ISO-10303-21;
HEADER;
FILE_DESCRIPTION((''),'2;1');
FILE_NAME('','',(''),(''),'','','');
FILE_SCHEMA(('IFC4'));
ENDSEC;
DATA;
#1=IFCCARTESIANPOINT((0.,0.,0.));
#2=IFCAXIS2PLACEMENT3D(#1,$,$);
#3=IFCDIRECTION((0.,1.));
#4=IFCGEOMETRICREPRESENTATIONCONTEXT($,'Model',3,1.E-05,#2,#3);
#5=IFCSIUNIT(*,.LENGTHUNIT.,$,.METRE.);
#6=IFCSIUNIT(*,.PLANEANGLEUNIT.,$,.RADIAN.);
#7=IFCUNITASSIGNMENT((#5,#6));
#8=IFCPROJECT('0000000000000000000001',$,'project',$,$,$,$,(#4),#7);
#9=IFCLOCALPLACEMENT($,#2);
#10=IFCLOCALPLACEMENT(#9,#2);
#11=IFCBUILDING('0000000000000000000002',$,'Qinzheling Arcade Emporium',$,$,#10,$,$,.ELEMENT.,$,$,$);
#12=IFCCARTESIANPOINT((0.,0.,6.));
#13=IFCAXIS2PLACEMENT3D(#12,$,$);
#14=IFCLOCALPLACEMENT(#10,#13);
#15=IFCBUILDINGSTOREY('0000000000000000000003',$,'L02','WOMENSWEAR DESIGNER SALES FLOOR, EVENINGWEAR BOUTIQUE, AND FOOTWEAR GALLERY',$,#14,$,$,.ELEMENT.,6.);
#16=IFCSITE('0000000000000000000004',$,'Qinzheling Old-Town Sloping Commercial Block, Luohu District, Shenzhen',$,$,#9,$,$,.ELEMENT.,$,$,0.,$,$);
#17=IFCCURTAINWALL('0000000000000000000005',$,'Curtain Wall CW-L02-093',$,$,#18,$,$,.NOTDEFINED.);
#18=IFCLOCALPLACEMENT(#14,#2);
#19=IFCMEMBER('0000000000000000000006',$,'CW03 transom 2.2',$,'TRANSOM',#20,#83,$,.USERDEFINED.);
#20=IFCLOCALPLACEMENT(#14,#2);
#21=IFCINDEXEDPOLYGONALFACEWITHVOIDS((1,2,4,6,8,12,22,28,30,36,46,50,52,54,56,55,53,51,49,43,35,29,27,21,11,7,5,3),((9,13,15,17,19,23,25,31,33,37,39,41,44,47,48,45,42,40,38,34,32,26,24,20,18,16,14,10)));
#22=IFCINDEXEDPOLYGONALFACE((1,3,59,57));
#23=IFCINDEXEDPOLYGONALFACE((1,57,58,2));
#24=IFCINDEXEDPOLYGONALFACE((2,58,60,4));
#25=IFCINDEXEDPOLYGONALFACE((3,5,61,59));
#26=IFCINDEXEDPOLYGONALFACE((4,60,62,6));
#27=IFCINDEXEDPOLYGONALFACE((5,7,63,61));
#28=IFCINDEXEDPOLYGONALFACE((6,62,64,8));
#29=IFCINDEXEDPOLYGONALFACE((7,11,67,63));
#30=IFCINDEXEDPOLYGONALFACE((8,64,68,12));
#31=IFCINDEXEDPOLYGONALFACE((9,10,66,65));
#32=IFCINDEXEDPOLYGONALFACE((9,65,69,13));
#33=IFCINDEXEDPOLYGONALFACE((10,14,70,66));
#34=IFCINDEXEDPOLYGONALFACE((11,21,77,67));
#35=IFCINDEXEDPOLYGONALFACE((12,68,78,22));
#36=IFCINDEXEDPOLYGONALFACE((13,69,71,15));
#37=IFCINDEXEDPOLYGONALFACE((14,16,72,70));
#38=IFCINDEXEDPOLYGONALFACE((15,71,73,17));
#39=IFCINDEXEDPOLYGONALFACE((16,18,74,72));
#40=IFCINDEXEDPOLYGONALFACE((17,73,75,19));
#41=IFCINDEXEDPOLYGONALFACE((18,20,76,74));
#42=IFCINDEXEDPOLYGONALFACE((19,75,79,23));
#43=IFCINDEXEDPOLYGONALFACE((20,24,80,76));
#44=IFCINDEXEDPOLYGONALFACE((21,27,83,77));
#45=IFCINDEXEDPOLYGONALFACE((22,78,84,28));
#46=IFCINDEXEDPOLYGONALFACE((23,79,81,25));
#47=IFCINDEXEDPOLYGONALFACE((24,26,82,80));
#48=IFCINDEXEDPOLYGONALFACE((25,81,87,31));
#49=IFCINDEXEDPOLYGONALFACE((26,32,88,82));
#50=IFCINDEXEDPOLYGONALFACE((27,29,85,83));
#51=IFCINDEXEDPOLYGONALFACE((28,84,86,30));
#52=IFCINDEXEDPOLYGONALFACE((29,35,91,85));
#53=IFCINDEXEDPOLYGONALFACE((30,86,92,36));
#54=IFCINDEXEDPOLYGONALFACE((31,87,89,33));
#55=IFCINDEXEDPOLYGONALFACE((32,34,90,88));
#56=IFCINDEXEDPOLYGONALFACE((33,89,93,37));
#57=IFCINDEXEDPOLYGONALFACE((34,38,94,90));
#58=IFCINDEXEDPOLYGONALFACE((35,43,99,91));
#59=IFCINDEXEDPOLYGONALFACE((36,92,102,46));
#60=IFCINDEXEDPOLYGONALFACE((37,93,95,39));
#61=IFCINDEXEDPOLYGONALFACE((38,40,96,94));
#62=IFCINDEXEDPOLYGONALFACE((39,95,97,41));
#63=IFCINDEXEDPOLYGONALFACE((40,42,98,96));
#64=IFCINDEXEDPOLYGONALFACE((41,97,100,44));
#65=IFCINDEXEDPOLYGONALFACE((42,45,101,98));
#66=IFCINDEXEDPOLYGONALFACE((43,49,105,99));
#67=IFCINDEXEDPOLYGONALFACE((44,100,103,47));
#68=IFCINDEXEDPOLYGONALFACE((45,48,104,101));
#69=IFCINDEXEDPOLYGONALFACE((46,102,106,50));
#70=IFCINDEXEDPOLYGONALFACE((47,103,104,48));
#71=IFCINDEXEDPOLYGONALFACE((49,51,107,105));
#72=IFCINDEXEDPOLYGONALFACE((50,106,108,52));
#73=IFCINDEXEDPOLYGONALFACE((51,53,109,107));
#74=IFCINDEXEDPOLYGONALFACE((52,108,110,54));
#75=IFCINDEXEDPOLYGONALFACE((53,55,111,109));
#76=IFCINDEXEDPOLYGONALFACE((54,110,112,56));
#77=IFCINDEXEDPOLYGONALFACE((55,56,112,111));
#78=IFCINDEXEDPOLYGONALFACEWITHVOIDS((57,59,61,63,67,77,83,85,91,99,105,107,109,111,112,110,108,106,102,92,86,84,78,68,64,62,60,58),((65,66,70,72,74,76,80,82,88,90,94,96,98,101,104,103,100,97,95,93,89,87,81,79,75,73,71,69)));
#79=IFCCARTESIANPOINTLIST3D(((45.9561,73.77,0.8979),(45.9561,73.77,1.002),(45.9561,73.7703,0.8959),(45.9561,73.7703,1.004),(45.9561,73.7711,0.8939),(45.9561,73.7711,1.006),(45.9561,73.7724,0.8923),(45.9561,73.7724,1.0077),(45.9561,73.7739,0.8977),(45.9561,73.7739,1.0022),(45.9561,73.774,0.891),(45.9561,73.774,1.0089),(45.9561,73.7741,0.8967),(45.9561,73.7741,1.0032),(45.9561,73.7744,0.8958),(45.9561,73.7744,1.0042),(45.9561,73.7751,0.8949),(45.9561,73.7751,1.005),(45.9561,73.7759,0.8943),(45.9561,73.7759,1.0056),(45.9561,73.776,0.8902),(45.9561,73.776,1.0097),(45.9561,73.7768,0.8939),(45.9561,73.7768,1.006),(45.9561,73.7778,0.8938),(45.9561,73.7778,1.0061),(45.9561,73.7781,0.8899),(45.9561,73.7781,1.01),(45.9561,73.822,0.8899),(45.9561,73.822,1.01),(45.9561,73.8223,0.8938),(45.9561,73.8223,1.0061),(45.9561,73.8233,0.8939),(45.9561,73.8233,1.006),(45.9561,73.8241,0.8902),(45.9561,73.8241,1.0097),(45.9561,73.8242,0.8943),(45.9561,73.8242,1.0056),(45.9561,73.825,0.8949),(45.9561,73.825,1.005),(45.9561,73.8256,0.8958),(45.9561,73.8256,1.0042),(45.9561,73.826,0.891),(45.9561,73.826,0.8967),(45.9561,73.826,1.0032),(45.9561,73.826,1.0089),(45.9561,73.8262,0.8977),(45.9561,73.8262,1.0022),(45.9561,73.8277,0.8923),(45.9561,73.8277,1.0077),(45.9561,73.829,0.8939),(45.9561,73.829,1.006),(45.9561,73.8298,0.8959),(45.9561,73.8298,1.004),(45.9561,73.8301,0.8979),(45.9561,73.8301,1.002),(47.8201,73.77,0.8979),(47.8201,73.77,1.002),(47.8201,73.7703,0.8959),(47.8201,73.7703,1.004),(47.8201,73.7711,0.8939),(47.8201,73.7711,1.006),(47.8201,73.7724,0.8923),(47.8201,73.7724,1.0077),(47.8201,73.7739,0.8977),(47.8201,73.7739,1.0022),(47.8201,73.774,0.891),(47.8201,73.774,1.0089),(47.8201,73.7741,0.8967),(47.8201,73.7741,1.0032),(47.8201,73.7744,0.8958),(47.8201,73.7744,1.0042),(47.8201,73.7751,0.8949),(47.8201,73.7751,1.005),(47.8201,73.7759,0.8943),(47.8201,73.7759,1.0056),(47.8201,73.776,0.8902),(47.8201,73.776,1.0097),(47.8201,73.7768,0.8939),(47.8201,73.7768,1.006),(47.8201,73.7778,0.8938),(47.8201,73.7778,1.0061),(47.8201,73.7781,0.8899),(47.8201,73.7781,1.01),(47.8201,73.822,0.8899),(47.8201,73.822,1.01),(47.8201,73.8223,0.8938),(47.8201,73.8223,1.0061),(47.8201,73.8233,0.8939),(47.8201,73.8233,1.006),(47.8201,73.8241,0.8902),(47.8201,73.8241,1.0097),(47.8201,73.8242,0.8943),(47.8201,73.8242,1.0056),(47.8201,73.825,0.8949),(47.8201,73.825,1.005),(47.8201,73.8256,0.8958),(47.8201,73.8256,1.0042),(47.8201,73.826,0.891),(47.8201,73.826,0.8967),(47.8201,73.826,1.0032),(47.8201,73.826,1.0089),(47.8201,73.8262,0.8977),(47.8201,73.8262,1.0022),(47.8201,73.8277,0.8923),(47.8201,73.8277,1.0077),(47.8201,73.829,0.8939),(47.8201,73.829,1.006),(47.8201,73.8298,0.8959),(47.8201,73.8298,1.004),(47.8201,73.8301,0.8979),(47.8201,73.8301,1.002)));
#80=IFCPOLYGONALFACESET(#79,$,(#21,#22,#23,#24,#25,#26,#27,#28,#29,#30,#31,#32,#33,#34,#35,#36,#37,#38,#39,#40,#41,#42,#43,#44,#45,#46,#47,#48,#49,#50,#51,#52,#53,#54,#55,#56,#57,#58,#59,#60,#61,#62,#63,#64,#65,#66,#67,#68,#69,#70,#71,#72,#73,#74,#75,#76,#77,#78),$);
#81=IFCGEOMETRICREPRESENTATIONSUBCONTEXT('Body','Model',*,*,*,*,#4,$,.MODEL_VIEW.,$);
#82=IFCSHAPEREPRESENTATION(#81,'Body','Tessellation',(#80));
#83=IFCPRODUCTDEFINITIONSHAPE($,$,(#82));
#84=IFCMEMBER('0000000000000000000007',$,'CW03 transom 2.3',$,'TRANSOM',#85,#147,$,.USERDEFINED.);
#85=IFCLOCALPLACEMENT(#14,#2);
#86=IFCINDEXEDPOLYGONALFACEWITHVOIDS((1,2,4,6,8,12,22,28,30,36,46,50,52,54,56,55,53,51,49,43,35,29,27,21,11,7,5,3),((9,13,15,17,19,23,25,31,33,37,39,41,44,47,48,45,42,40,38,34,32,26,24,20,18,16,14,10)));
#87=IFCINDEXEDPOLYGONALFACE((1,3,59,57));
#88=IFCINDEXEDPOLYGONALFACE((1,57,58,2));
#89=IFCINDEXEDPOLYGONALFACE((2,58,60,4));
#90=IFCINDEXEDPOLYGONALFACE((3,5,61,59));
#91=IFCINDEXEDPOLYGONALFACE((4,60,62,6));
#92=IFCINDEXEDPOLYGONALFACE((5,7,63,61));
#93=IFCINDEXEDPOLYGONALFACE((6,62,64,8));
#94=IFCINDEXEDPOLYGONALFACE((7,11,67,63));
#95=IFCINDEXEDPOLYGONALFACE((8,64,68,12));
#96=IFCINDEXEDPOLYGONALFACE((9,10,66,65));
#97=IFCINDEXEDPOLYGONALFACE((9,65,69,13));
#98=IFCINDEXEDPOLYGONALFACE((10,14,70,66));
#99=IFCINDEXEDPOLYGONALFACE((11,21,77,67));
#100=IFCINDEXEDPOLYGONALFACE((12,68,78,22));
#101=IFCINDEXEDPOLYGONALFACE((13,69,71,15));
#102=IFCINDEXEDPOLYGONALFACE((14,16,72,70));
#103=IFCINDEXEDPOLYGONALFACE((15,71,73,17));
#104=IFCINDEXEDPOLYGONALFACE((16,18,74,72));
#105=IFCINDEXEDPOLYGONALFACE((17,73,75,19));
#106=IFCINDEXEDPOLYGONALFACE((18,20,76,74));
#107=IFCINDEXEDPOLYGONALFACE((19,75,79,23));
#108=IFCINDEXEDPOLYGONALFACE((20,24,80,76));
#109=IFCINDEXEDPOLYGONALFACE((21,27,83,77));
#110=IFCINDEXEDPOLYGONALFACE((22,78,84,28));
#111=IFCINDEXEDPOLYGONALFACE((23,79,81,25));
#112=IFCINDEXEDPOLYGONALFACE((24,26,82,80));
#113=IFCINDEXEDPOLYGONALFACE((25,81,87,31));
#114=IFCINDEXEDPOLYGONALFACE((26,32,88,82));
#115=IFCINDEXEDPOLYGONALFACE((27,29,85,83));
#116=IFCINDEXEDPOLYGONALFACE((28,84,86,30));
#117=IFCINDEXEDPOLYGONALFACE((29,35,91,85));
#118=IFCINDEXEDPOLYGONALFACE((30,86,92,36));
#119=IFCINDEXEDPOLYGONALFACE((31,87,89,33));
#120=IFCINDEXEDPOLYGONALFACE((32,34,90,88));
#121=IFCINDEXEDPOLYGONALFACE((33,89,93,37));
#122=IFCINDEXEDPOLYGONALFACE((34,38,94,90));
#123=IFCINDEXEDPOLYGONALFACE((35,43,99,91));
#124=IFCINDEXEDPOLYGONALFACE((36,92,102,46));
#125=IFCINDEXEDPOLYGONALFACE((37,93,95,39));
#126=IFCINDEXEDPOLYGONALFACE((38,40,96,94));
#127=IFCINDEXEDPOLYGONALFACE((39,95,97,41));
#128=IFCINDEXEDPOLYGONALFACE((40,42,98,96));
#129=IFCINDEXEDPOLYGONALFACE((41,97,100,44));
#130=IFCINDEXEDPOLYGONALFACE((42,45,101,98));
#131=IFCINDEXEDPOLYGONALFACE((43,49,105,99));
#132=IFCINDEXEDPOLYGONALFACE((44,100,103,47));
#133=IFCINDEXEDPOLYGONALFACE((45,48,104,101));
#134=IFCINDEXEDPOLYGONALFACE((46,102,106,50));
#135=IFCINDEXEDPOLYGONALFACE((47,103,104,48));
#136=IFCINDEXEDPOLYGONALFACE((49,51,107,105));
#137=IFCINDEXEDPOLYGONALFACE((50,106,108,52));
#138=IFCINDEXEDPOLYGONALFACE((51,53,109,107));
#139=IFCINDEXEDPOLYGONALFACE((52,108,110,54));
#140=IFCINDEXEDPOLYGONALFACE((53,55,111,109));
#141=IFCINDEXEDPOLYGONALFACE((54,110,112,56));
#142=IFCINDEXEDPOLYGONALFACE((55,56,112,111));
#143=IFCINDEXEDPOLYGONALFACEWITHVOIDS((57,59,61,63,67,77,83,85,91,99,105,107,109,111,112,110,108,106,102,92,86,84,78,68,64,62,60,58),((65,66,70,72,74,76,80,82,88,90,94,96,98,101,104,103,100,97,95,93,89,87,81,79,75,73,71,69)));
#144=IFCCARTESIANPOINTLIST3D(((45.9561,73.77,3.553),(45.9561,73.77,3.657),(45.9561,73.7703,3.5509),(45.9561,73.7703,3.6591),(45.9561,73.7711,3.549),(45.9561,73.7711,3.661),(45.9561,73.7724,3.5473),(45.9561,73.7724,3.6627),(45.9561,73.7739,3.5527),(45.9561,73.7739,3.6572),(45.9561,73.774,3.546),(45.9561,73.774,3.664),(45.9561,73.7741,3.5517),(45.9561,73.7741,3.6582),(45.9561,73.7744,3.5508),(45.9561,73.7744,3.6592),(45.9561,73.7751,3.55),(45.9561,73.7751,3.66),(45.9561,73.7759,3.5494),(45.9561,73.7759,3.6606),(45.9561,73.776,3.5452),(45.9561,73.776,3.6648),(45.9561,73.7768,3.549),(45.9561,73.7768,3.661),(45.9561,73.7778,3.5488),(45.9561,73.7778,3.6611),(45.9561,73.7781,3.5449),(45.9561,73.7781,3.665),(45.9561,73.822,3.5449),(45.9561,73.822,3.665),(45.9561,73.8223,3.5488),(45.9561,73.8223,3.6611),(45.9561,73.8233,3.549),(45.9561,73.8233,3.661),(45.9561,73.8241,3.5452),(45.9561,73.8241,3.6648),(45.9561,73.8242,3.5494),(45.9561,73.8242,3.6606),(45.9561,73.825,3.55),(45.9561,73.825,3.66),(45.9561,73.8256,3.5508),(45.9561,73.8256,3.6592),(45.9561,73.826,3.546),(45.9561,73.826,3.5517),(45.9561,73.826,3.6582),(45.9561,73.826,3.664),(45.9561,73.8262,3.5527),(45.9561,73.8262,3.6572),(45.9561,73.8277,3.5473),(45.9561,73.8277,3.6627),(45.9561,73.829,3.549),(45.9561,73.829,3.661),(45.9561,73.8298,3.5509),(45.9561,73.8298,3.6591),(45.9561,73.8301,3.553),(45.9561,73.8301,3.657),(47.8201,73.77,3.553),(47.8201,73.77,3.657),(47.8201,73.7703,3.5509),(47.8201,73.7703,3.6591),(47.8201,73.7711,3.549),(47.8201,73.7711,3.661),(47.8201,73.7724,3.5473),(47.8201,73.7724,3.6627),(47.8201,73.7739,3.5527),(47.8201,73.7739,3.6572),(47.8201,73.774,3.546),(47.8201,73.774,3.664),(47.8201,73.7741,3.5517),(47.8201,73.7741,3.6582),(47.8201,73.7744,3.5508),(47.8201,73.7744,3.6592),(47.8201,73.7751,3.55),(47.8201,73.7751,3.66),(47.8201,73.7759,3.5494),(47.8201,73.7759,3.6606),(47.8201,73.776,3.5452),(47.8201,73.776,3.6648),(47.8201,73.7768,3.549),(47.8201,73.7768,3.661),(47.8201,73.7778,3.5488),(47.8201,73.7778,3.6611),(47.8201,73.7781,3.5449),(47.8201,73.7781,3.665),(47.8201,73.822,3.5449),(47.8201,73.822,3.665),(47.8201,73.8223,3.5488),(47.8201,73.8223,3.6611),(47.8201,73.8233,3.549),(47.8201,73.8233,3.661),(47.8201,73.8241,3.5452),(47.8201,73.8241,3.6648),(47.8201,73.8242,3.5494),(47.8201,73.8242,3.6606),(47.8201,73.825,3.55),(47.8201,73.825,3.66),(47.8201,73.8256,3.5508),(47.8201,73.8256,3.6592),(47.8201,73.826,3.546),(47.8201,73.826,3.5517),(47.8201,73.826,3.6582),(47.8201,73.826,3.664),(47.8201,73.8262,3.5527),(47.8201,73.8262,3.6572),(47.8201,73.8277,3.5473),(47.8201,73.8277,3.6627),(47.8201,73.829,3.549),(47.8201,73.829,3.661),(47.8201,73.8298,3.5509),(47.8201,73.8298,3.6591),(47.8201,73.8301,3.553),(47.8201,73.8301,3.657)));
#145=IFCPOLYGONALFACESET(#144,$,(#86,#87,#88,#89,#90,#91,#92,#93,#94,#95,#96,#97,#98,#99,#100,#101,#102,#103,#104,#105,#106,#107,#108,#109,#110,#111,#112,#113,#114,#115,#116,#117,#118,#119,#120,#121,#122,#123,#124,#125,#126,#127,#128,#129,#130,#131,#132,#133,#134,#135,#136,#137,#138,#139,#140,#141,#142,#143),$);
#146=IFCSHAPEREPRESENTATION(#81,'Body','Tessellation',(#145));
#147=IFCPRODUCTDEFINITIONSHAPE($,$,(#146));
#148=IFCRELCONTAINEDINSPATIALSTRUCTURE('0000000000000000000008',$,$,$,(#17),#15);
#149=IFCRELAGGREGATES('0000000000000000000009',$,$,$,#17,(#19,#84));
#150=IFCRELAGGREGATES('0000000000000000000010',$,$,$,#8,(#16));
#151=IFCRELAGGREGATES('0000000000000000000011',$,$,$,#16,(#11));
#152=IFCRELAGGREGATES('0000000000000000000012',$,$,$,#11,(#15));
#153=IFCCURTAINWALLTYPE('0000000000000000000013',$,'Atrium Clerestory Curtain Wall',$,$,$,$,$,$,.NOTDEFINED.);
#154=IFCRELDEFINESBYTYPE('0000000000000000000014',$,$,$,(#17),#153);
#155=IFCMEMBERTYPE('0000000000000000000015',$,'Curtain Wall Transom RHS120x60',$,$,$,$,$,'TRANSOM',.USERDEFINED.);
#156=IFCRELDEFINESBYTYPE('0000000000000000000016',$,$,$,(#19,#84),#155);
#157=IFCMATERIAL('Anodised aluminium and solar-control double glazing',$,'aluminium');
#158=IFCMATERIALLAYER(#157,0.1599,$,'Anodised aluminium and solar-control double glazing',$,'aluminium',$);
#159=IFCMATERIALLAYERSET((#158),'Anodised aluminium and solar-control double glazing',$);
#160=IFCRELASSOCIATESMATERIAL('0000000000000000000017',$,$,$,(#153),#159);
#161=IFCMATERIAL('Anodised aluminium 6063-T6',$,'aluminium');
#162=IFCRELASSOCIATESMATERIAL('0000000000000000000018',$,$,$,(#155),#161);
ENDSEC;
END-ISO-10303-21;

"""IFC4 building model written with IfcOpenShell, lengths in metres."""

from ifc_helpers import new_model, si_unit, direction, frame, origin, origin_2d, place, context, subcontext, project, spatial, hollow_rectangle, extrude, material, layer, layer_set, material_profile, profile_set, type_object, element, aggregate, save


model = new_model("IFC4")

# Units and contexts
model_context = context("Model", 3, precision=1e-05, world=origin(), true_north=direction((0.0, 1.0)))
body_context = subcontext(model_context, "Body", "Model", "MODEL_VIEW")
ifc_project = project(units=[si_unit("LENGTHUNIT", "METRE"), si_unit("PLANEANGLEUNIT", "RADIAN")], contexts=[model_context])

# Site, building, storey
site_placement = place(None, origin())
site = spatial("IfcSite", under=ifc_project, at=site_placement, Name="Qinzheling Old-Town Sloping Commercial Block, Luohu District, Shenzhen", CompositionType="ELEMENT", RefElevation=0.0)
building_placement = place(site_placement, origin())
building = spatial("IfcBuilding", under=site, at=building_placement, Name="Qinzheling Arcade Emporium", CompositionType="ELEMENT")
storey_placement = place(building_placement, frame((0.0, 0.0, 6.0)))
storey = spatial("IfcBuildingStorey", under=building, at=storey_placement, Name="L02", Description="WOMENSWEAR DESIGNER SALES FLOOR, EVENINGWEAR BOUTIQUE, AND FOOTWEAR GALLERY", CompositionType="ELEMENT", Elevation=6.0)

# Curtain wall, members
ifc_material_1 = material(Name="Anodised aluminium and solar-control double glazing", Category="aluminium")
ifc_layer_1 = layer(ifc_material_1, 0.1599, Name="Anodised aluminium and solar-control double glazing", Category="aluminium")
ifc_layer_set_1 = layer_set([ifc_layer_1], Name="Anodised aluminium and solar-control double glazing")
curtain_wall_type = type_object("IfcCurtainWallType", Name="Atrium Clerestory Curtain Wall", PredefinedType="NOTDEFINED", material=ifc_layer_set_1)
curtain_wall_placement = place(storey_placement, origin())
curtain_wall = element("IfcCurtainWall", 1, at=curtain_wall_placement, inside=storey, type_object=curtain_wall_type, Name="Curtain Wall CW-L02-093", PredefinedType="NOTDEFINED")
ifc_material_2 = material(Name="Anodised aluminium 6063-T6", Category="aluminium")
ifc_material_profile_1 = material_profile(ifc_material_2, hollow_rectangle(XDim=0.0601, YDim=0.1201, WallThickness=0.0039, InnerFilletRadius=0.0039, OuterFilletRadius=0.0081, at=origin_2d()), Name="RHS 120x60x4", Category="aluminium")
ifc_profile_set_1 = profile_set([ifc_material_profile_1], Name="Anodised aluminium 6063-T6")
member_type_1 = type_object("IfcMemberType", Name="Curtain Wall Transom RHS120x60", ElementType="TRANSOM", PredefinedType="USERDEFINED", material=ifc_profile_set_1)
member_1_placement = place(storey_placement, frame((45.9561, 73.8, 0.95), z_axis=(1.0, 0.0, 0.0), x_axis=(0.0, 1.0, 0.0)))
member_1 = element("IfcMember", 2, at=member_1_placement, type_object=member_type_1, Name="CW03 transom 2.2", ObjectType="TRANSOM", PredefinedType="USERDEFINED", context=body_context, shape_type="SweptSolid", body=[
    extrude(hollow_rectangle(XDim=0.0601, YDim=0.1201, WallThickness=0.0039, InnerFilletRadius=0.0039, OuterFilletRadius=0.0081, at=origin_2d()), origin(), (0.0, 0.0, 1.0), 1.864),
])
member_2_placement = place(storey_placement, frame((45.9561, 73.8, 3.605), z_axis=(1.0, 0.0, 0.0), x_axis=(0.0, 1.0, 0.0)))
member_2 = element("IfcMember", 3, at=member_2_placement, type_object=member_type_1, Name="CW03 transom 2.3", ObjectType="TRANSOM", PredefinedType="USERDEFINED", context=body_context, shape_type="SweptSolid", body=[
    extrude(hollow_rectangle(XDim=0.0601, YDim=0.1201, WallThickness=0.0039, InnerFilletRadius=0.0039, OuterFilletRadius=0.0081, at=origin_2d()), origin(), (0.0, 0.0, 1.0), 1.864),
])
aggregate(curtain_wall, [member_1, member_2])

save(model, "model.ifc")
